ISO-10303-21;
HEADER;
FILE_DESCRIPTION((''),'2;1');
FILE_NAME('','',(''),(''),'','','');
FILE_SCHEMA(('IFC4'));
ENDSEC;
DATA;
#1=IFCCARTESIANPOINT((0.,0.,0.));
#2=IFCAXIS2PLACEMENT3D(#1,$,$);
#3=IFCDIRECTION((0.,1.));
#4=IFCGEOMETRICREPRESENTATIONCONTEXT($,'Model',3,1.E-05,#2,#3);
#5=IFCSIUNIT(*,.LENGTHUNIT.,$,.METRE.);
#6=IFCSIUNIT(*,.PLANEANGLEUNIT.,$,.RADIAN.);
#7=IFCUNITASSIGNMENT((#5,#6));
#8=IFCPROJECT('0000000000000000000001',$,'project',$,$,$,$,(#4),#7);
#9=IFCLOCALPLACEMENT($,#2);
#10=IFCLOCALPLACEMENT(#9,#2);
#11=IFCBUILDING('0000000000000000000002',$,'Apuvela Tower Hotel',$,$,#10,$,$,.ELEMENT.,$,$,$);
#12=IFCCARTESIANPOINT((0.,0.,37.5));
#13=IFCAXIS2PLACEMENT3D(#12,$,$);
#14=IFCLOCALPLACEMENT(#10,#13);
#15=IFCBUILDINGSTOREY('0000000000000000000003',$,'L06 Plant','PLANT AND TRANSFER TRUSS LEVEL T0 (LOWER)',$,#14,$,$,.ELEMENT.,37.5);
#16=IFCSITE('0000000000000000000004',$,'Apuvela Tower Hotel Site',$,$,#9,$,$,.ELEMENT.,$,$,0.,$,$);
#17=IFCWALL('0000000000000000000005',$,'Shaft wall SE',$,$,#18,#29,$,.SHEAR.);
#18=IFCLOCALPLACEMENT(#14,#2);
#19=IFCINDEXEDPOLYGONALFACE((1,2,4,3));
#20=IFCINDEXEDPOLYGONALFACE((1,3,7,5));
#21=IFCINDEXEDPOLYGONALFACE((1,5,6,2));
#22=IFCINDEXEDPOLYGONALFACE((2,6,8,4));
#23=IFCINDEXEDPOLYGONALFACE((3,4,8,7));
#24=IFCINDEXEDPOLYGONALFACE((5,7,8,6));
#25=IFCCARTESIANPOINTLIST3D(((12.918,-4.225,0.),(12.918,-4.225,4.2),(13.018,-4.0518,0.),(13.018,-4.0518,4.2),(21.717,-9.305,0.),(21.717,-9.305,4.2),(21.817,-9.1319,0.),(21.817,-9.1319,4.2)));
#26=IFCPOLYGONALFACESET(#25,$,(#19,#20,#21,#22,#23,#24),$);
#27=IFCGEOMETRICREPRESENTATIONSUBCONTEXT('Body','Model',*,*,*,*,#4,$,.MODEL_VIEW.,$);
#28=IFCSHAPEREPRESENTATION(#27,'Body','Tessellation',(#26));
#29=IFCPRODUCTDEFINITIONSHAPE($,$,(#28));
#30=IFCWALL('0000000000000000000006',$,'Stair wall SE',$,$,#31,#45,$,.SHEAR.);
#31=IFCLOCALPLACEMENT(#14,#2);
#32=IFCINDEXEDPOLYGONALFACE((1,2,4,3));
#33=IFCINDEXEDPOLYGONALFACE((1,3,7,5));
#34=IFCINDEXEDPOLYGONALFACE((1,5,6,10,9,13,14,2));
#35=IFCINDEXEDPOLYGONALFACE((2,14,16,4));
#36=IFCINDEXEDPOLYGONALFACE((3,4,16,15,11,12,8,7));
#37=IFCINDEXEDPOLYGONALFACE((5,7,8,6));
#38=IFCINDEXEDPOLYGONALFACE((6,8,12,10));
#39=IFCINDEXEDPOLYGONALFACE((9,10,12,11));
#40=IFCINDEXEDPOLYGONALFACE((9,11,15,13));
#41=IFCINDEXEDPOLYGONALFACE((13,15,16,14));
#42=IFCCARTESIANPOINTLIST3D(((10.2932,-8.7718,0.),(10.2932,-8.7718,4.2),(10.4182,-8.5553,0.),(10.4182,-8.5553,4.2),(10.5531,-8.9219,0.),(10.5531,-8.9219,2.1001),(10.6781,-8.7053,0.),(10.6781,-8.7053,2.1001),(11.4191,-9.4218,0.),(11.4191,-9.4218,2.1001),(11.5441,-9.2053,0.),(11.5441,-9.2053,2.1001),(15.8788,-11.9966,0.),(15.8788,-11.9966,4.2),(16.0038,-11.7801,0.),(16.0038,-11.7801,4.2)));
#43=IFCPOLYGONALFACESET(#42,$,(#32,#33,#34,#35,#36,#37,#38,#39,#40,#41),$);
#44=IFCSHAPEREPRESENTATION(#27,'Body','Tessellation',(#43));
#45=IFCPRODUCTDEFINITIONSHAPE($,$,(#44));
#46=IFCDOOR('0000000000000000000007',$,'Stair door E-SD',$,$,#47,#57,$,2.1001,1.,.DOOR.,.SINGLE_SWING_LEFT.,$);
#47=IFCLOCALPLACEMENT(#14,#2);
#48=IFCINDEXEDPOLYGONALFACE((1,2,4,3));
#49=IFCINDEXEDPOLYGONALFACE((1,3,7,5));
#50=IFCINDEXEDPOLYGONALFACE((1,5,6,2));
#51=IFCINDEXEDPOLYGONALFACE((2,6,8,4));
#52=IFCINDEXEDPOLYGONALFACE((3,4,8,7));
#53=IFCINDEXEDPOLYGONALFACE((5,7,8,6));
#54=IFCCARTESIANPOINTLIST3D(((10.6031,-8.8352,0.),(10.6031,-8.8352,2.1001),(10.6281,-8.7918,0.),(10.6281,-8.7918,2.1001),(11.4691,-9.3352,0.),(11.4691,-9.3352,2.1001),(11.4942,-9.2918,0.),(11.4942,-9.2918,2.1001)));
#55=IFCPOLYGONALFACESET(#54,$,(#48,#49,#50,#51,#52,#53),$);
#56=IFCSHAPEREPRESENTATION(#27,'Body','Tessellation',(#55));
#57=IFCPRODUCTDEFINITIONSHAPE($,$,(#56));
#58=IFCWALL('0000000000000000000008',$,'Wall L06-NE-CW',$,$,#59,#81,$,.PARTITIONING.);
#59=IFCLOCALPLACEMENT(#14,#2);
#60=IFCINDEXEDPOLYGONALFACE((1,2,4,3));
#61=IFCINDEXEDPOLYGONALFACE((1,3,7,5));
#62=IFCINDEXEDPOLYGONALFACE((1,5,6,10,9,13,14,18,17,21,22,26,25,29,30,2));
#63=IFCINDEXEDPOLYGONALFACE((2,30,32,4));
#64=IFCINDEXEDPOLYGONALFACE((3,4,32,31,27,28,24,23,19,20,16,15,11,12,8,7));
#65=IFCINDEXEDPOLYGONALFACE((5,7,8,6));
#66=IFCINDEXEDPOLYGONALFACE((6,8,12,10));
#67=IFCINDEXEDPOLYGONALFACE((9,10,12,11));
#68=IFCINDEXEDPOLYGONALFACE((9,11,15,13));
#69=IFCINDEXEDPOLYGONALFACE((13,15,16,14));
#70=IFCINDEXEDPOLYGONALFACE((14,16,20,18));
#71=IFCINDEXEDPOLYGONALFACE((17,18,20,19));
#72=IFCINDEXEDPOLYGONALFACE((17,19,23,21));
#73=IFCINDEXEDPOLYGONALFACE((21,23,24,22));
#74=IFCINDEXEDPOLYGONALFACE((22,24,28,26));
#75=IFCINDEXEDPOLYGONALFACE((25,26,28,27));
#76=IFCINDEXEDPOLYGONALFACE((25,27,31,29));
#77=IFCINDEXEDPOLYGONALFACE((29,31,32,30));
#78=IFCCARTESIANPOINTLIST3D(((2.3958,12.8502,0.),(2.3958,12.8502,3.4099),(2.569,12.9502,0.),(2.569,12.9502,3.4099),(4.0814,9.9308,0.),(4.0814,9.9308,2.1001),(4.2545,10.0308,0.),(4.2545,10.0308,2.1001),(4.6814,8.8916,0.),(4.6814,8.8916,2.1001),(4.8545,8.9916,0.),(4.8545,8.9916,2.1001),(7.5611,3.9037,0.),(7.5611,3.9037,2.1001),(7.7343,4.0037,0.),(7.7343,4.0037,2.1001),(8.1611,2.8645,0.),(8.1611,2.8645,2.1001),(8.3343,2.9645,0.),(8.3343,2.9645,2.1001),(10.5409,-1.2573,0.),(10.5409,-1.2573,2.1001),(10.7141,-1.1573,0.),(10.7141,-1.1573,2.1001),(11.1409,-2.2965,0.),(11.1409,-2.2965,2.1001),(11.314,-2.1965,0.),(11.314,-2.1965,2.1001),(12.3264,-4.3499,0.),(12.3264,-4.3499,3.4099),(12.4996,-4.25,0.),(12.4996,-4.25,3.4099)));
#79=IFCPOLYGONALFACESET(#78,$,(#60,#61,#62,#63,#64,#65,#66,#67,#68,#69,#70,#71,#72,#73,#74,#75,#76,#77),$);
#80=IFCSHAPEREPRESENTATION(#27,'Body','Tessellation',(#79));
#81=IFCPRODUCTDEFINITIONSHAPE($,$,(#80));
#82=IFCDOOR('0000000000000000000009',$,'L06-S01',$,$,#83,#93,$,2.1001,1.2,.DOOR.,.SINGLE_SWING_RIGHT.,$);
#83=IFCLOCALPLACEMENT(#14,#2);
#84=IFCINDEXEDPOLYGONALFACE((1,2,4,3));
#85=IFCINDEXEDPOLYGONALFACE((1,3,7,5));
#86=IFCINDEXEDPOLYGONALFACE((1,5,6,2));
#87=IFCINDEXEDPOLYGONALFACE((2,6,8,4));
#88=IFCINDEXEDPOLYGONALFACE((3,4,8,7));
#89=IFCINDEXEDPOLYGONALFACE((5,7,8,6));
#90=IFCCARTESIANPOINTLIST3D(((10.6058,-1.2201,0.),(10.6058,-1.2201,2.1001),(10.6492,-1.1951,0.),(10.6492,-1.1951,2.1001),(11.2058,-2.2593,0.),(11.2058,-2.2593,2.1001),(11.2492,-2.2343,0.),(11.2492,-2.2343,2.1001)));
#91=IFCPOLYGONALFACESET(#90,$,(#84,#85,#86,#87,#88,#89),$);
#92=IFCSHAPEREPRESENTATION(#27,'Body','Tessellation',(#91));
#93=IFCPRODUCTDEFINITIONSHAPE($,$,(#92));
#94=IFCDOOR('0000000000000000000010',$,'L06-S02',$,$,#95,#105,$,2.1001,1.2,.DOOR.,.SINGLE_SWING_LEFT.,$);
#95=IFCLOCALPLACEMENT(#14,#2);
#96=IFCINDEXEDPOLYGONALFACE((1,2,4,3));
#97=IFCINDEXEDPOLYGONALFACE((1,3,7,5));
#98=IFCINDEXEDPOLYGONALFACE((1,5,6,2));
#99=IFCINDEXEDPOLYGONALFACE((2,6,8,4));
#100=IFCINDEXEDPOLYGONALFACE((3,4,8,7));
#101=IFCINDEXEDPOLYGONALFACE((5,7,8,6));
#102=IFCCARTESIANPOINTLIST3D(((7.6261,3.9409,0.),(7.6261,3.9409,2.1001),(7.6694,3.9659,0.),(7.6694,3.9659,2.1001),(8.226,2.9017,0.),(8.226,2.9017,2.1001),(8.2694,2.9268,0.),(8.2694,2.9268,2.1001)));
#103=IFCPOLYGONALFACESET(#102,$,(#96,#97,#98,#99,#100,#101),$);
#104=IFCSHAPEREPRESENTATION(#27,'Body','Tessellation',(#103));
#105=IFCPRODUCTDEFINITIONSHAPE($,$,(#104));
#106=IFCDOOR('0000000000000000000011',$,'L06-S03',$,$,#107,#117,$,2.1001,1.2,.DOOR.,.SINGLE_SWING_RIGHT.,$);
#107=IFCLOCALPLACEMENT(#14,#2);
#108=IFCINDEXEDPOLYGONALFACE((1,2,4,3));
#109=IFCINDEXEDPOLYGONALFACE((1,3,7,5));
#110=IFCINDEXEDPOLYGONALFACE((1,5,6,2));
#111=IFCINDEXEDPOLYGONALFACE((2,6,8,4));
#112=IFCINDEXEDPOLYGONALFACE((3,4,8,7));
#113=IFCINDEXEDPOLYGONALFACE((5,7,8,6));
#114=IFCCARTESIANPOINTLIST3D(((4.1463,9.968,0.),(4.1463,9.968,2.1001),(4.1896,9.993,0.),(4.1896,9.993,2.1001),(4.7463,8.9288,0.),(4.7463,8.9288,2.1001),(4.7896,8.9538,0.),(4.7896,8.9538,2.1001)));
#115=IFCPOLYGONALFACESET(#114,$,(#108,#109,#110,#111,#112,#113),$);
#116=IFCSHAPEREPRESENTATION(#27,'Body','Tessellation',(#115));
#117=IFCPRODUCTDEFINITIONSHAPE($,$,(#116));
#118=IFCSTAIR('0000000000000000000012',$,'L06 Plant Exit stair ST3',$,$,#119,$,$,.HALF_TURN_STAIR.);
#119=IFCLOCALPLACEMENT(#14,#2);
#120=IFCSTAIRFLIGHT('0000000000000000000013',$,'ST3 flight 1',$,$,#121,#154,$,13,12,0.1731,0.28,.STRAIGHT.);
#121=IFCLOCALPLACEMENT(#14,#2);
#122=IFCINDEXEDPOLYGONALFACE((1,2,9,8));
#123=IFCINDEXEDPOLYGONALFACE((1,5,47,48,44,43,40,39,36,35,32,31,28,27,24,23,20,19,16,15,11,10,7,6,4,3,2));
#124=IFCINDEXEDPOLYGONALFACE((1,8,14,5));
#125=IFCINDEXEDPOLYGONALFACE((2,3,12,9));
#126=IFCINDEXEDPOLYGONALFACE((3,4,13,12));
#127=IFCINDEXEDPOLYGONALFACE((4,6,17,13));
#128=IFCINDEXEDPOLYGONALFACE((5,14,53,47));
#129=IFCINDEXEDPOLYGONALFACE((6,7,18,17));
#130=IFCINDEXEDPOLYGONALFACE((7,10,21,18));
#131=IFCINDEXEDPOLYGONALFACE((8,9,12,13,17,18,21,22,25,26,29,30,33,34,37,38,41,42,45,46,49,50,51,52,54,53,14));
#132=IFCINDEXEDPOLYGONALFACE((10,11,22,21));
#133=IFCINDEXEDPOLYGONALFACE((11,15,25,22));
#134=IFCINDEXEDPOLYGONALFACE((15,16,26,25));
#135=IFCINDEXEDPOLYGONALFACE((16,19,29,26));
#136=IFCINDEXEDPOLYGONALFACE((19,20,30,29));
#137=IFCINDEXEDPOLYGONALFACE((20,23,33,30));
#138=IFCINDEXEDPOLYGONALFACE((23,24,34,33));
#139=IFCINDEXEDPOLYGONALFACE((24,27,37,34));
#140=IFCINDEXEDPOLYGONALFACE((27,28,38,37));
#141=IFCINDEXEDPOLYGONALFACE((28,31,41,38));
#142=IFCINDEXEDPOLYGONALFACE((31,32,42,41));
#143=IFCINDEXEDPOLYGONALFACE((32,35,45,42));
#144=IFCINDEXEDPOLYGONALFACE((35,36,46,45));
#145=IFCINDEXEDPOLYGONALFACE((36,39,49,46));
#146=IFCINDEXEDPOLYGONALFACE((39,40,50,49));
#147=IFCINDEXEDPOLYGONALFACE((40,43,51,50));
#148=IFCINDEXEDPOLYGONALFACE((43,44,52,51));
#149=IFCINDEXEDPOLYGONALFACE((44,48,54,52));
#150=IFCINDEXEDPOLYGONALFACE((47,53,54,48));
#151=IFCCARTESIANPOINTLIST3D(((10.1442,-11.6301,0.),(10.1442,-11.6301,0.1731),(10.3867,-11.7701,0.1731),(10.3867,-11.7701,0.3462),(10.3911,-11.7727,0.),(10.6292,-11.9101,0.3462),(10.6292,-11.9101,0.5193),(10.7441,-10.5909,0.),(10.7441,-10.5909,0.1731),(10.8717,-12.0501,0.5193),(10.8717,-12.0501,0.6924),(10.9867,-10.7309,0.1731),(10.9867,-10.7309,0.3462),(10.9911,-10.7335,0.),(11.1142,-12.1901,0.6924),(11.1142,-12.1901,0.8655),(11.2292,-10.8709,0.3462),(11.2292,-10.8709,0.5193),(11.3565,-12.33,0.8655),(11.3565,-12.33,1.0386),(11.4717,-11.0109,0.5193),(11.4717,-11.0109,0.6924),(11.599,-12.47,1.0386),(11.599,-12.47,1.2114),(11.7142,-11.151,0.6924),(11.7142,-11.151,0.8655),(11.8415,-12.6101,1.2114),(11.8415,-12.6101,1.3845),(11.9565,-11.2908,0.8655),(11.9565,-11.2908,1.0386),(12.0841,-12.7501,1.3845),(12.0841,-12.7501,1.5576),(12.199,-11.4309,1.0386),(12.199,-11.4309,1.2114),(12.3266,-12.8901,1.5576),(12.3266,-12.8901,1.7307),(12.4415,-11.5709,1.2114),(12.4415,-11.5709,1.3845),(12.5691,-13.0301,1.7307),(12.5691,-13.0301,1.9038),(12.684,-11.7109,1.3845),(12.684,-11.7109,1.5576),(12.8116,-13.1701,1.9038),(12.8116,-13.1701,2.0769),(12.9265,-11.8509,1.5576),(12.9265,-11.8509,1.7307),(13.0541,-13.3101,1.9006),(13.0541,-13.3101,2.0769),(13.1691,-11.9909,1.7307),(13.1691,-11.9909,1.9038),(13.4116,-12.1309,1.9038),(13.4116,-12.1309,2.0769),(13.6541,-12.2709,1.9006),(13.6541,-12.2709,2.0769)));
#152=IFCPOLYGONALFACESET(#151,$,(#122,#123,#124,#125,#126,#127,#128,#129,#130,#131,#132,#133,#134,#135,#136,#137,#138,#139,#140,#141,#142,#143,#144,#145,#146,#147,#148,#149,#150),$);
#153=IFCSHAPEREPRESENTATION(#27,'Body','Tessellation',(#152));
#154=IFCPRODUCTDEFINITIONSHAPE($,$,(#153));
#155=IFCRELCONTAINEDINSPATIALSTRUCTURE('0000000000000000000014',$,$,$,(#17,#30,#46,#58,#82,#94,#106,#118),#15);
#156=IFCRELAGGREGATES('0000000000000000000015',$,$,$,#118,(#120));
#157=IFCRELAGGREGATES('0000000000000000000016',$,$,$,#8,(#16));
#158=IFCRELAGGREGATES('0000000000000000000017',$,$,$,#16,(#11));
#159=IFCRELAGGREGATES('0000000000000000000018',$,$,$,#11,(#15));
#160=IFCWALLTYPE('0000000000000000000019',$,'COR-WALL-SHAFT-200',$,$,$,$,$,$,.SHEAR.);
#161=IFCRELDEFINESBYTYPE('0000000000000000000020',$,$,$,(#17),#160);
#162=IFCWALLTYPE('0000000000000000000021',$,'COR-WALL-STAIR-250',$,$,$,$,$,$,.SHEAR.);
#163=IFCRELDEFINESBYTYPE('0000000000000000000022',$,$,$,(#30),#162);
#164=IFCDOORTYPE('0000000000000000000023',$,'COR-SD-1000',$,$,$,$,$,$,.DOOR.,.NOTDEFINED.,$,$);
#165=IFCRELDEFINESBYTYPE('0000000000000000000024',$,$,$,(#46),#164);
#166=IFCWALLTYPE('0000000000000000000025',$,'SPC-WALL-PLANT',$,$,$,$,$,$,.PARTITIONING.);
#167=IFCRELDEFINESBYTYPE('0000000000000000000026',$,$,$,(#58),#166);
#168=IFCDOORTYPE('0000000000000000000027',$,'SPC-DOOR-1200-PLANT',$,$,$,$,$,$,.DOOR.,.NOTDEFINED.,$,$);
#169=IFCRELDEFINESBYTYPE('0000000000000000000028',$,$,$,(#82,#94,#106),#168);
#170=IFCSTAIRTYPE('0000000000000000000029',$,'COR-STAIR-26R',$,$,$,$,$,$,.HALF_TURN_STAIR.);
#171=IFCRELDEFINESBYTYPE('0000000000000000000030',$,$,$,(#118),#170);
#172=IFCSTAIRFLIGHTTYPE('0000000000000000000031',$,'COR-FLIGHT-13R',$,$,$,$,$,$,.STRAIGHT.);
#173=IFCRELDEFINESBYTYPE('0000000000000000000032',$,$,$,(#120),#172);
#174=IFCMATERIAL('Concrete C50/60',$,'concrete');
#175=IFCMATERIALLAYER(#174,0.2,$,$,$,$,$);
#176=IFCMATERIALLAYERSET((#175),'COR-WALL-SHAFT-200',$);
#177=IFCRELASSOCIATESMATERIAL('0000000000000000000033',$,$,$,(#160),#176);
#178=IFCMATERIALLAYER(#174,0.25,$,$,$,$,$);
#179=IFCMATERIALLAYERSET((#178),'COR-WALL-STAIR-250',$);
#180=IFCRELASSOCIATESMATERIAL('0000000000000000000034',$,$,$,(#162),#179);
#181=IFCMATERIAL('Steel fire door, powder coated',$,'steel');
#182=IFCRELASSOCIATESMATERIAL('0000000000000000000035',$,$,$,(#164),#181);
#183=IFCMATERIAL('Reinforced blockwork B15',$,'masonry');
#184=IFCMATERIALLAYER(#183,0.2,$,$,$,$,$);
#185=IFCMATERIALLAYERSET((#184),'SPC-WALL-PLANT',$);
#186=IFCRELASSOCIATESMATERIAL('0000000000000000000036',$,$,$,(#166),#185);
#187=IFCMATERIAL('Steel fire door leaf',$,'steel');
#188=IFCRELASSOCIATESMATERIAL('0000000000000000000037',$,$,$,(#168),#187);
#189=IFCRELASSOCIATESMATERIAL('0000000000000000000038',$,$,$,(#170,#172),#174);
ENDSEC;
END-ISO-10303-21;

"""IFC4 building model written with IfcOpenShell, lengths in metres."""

from ifc_helpers import new_model, si_unit, direction, frame, frame_2d, origin, place, context, subcontext, project, spatial, polyline, rectangle, outline, extrude, material, layer, layer_set, type_object, element, fill, aggregate, save


model = new_model("IFC4")

# Units and contexts
model_context = context("Model", 3, precision=1e-05, world=origin(), true_north=direction((0.0, 1.0)))
body_context = subcontext(model_context, "Body", "Model", "MODEL_VIEW")
ifc_project = project(units=[si_unit("LENGTHUNIT", "METRE"), si_unit("PLANEANGLEUNIT", "RADIAN")], contexts=[model_context])

# Site, building, storey
site_placement = place(None, origin())
site = spatial("IfcSite", under=ifc_project, at=site_placement, Name="Apuvela Tower Hotel Site", CompositionType="ELEMENT", RefElevation=0.0)
building_placement = place(site_placement, origin())
building = spatial("IfcBuilding", under=site, at=building_placement, Name="Apuvela Tower Hotel", CompositionType="ELEMENT")
storey_placement = place(building_placement, frame((0.0, 0.0, 37.5)))
storey = spatial("IfcBuildingStorey", under=building, at=storey_placement, Name="L06 Plant", Description="PLANT AND TRANSFER TRUSS LEVEL T0 (LOWER)", CompositionType="ELEMENT", Elevation=37.5)

# Shared definitions
ifc_material_1 = material(Name="Concrete C50/60", Category="concrete")
ifc_material_2 = material(Name="Steel fire door, powder coated", Category="steel")

# Shared definitions
ifc_layer_1 = layer(ifc_material_1, 0.2)
ifc_layer_set_1 = layer_set([ifc_layer_1], Name="COR-WALL-SHAFT-200")
wall_type_1 = type_object("IfcWallType", Name="COR-WALL-SHAFT-200", PredefinedType="SHEAR", material=ifc_layer_set_1)

# Wall
wall_1_placement = place(storey_placement, frame((12.968, -4.1384, 0.0), z_axis=(0.0, 0.0, 1.0), x_axis=(0.866028, -0.499995, 0.0)))
element("IfcWall", 1, at=wall_1_placement, inside=storey, type_object=wall_type_1, Name="Shaft wall SE", PredefinedType="SHEAR", context=body_context, shape_type="SweptSolid", body=[
    extrude(rectangle(XDim=10.1602, YDim=0.2, at=frame_2d((5.0801, 0.0))), origin(), (0.0, 0.0, 1.0), 4.2),
])

# Wall, opening, door
ifc_layer_2 = layer(ifc_material_1, 0.25)
ifc_layer_set_2 = layer_set([ifc_layer_2], Name="COR-WALL-STAIR-250")
wall_type_2 = type_object("IfcWallType", Name="COR-WALL-STAIR-250", PredefinedType="SHEAR", material=ifc_layer_set_2)
wall_2_placement = place(storey_placement, frame((10.3557, -8.6636, 0.0), z_axis=(0.0, 0.0, 1.0), x_axis=(0.866029, -0.499994, 0.0)))
wall_2 = element("IfcWall", 2, at=wall_2_placement, inside=storey, type_object=wall_type_2, Name="Stair wall SE", PredefinedType="SHEAR", context=body_context, shape_type="SweptSolid", body=[
    extrude(rectangle(XDim=6.4497, YDim=0.25, at=frame_2d((3.2249, 0.0))), origin(), (0.0, 0.0, 1.0), 4.2),
])
opening_1_placement = place(wall_2_placement, frame((0.3, 0.0, 0.0)))
opening_1 = element("IfcOpeningElement", 3, at=opening_1_placement, cuts=wall_2, PredefinedType="OPENING", context=body_context, shape_type="SweptSolid", body=[
    extrude(rectangle(XDim=1.0, YDim=2.1001, at=frame_2d((0.5, 1.05))), frame((0.0, 0.135, 0.0), z_axis=(0.0, -1.0, 0.0), x_axis=(1.0, 0.0, 0.0)), (0.0, 0.0, 1.0), 0.27),
])
door_type_1 = type_object("IfcDoorType", Name="COR-SD-1000", OperationType="NOTDEFINED", PredefinedType="DOOR", material=ifc_material_2)
door_1_placement = place(opening_1_placement, frame((1.0, 0.0, 0.0), z_axis=(0.0, 0.0, 1.0), x_axis=(-1.0, 0.0, 0.0)))
door_1 = element("IfcDoor", 4, at=door_1_placement, inside=storey, type_object=door_type_1, Name="Stair door E-SD", OperationType="SINGLE_SWING_LEFT", OverallHeight=2.1001, OverallWidth=1.0, PredefinedType="DOOR", context=body_context, shape_type="SweptSolid", body=[
    extrude(rectangle(XDim=1.0, YDim=2.1001, at=frame_2d((0.5, 1.05))), frame((0.0, 0.0249, 0.0), z_axis=(0.0, -1.0, 0.0), x_axis=(1.0, 0.0, 0.0)), (0.0, 0.0, 1.0), 0.05),
])
fill(opening_1, door_1)

# Wall, openings, doors
ifc_material_3 = material(Name="Reinforced blockwork B15", Category="masonry")
ifc_layer_3 = layer(ifc_material_3, 0.2)
ifc_layer_set_3 = layer_set([ifc_layer_3], Name="SPC-WALL-PLANT")
wall_type_3 = type_object("IfcWallType", Name="SPC-WALL-PLANT", PredefinedType="PARTITIONING", material=ifc_layer_set_3)
wall_3_placement = place(storey_placement, frame((12.4131, -4.3, 0.0), z_axis=(0.0, 0.0, 1.0), x_axis=(-0.500005, 0.866023, 0.0)))
wall_3 = element("IfcWall", 5, at=wall_3_placement, inside=storey, type_object=wall_type_3, Name="Wall L06-NE-CW", PredefinedType="PARTITIONING", context=body_context, shape_type="SweptSolid", body=[
    extrude(rectangle(XDim=19.8611, YDim=0.2, at=frame_2d((9.9307, 0.0))), origin(), (0.0, 0.0, 1.0), 3.4099),
])
opening_2_placement = place(wall_3_placement, frame((2.3711, 0.0, 0.0)))
opening_2 = element("IfcOpeningElement", 6, at=opening_2_placement, cuts=wall_3, PredefinedType="OPENING", context=body_context, shape_type="SweptSolid", body=[
    extrude(rectangle(XDim=1.2, YDim=2.1001, at=frame_2d((0.6001, 1.05))), frame((0.0, 0.1099, 0.0), z_axis=(0.0, -1.0, 0.0), x_axis=(1.0, 0.0, 0.0)), (0.0, 0.0, 1.0), 0.22),
])
opening_3_placement = place(wall_3_placement, frame((8.3306, 0.0, 0.0)))
opening_3 = element("IfcOpeningElement", 7, at=opening_3_placement, cuts=wall_3, PredefinedType="OPENING", context=body_context, shape_type="SweptSolid", body=[
    extrude(rectangle(XDim=1.2, YDim=2.1001, at=frame_2d((0.6001, 1.05))), frame((0.0, 0.1099, 0.0), z_axis=(0.0, -1.0, 0.0), x_axis=(1.0, 0.0, 0.0)), (0.0, 0.0, 1.0), 0.22),
])
opening_4_placement = place(wall_3_placement, frame((15.29, 0.0, 0.0)))
opening_4 = element("IfcOpeningElement", 8, at=opening_4_placement, cuts=wall_3, PredefinedType="OPENING", context=body_context, shape_type="SweptSolid", body=[
    extrude(rectangle(XDim=1.2, YDim=2.1001, at=frame_2d((0.6001, 1.05))), frame((0.0, 0.1099, 0.0), z_axis=(0.0, -1.0, 0.0), x_axis=(1.0, 0.0, 0.0)), (0.0, 0.0, 1.0), 0.22),
])
ifc_material_4 = material(Name="Steel fire door leaf", Category="steel")
door_type_2 = type_object("IfcDoorType", Name="SPC-DOOR-1200-PLANT", OperationType="NOTDEFINED", PredefinedType="DOOR", material=ifc_material_4)
door_2_placement = place(opening_2_placement, frame((1.2, 0.0, 0.0), z_axis=(0.0, 0.0, 1.0), x_axis=(-1.0, 0.0, 0.0)))
door_2 = element("IfcDoor", 9, at=door_2_placement, inside=storey, type_object=door_type_2, Name="L06-S01", OperationType="SINGLE_SWING_RIGHT", OverallHeight=2.1001, OverallWidth=1.2, PredefinedType="DOOR", context=body_context, shape_type="SweptSolid", body=[
    extrude(rectangle(XDim=1.2, YDim=2.1001, at=frame_2d((0.6001, 1.05))), frame((0.0, 0.0249, 0.0), z_axis=(0.0, -1.0, 0.0), x_axis=(1.0, 0.0, 0.0)), (0.0, 0.0, 1.0), 0.05),
])
fill(opening_2, door_2)
door_3_placement = place(opening_3_placement, frame((1.2, 0.0, 0.0), z_axis=(0.0, 0.0, 1.0), x_axis=(-1.0, 0.0, 0.0)))
door_3 = element("IfcDoor", 10, at=door_3_placement, inside=storey, type_object=door_type_2, Name="L06-S02", OperationType="SINGLE_SWING_LEFT", OverallHeight=2.1001, OverallWidth=1.2, PredefinedType="DOOR", context=body_context, shape_type="SweptSolid", body=[
    extrude(rectangle(XDim=1.2, YDim=2.1001, at=frame_2d((0.6001, 1.05))), frame((0.0, 0.0249, 0.0), z_axis=(0.0, -1.0, 0.0), x_axis=(1.0, 0.0, 0.0)), (0.0, 0.0, 1.0), 0.05),
])
fill(opening_3, door_3)
door_4_placement = place(opening_4_placement, frame((1.2, 0.0, 0.0), z_axis=(0.0, 0.0, 1.0), x_axis=(-1.0, 0.0, 0.0)))
door_4 = element("IfcDoor", 11, at=door_4_placement, inside=storey, type_object=door_type_2, Name="L06-S03", OperationType="SINGLE_SWING_RIGHT", OverallHeight=2.1001, OverallWidth=1.2, PredefinedType="DOOR", context=body_context, shape_type="SweptSolid", body=[
    extrude(rectangle(XDim=1.2, YDim=2.1001, at=frame_2d((0.6001, 1.05))), frame((0.0, 0.0249, 0.0), z_axis=(0.0, -1.0, 0.0), x_axis=(1.0, 0.0, 0.0)), (0.0, 0.0, 1.0), 0.05),
])
fill(opening_4, door_4)

# Stair, stair flight
stair_type = type_object("IfcStairType", Name="COR-STAIR-26R", PredefinedType="HALF_TURN_STAIR", material=ifc_material_1)
stair_placement = place(storey_placement, origin())
stair = element("IfcStair", 12, at=stair_placement, inside=storey, type_object=stair_type, Name="L06 Plant Exit stair ST3", PredefinedType="HALF_TURN_STAIR")
stair_flight_type = type_object("IfcStairFlightType", Name="COR-FLIGHT-13R", PredefinedType="STRAIGHT", material=ifc_material_1)
stair_flight_1_placement = place(storey_placement, frame((10.4441, -11.1106, 0.0), z_axis=(0.0, 0.0, 1.0), x_axis=(0.866025, -0.5, 0.0)))
stair_flight_1 = element("IfcStairFlight", 13, at=stair_flight_1_placement, type_object=stair_flight_type, Name="ST3 flight 1", NumberOfRisers=13, NumberOfTreads=12, PredefinedType="STRAIGHT", RiserHeight=0.1731, TreadLength=0.28, context=body_context, shape_type="SweptSolid", body=[
    extrude(outline(polyline([(0.0, 0.0), (0.0, 0.1731), (0.28, 0.1731), (0.28, 0.3462), (0.5601, 0.3462), (0.5601, 0.5193), (0.8401, 0.5193), (0.8401, 0.6924), (1.1201, 0.6924), (1.1201, 0.8655), (1.3999, 0.8655), (1.3999, 1.0386), (1.6799, 1.0386), (1.6799, 1.2114), (1.96, 1.2114), (1.96, 1.3845), (2.24, 1.3845), (2.24, 1.5576), (2.52, 1.5576), (2.52, 1.7307), (2.8, 1.7307), (2.8, 1.9038), (3.0801, 1.9038), (3.0801, 2.0769), (3.3601, 2.0769), (3.3601, 2.25), (3.3601, 1.9006), (0.2852, 0.0), (0.0, 0.0)])), frame((0.0, 0.6001, 0.0), z_axis=(0.0, -1.0, 0.0), x_axis=(1.0, 0.0, 0.0)), (0.0, 0.0, 1.0), 1.2),
])
aggregate(stair, [stair_flight_1])

save(model, "model.ifc")
